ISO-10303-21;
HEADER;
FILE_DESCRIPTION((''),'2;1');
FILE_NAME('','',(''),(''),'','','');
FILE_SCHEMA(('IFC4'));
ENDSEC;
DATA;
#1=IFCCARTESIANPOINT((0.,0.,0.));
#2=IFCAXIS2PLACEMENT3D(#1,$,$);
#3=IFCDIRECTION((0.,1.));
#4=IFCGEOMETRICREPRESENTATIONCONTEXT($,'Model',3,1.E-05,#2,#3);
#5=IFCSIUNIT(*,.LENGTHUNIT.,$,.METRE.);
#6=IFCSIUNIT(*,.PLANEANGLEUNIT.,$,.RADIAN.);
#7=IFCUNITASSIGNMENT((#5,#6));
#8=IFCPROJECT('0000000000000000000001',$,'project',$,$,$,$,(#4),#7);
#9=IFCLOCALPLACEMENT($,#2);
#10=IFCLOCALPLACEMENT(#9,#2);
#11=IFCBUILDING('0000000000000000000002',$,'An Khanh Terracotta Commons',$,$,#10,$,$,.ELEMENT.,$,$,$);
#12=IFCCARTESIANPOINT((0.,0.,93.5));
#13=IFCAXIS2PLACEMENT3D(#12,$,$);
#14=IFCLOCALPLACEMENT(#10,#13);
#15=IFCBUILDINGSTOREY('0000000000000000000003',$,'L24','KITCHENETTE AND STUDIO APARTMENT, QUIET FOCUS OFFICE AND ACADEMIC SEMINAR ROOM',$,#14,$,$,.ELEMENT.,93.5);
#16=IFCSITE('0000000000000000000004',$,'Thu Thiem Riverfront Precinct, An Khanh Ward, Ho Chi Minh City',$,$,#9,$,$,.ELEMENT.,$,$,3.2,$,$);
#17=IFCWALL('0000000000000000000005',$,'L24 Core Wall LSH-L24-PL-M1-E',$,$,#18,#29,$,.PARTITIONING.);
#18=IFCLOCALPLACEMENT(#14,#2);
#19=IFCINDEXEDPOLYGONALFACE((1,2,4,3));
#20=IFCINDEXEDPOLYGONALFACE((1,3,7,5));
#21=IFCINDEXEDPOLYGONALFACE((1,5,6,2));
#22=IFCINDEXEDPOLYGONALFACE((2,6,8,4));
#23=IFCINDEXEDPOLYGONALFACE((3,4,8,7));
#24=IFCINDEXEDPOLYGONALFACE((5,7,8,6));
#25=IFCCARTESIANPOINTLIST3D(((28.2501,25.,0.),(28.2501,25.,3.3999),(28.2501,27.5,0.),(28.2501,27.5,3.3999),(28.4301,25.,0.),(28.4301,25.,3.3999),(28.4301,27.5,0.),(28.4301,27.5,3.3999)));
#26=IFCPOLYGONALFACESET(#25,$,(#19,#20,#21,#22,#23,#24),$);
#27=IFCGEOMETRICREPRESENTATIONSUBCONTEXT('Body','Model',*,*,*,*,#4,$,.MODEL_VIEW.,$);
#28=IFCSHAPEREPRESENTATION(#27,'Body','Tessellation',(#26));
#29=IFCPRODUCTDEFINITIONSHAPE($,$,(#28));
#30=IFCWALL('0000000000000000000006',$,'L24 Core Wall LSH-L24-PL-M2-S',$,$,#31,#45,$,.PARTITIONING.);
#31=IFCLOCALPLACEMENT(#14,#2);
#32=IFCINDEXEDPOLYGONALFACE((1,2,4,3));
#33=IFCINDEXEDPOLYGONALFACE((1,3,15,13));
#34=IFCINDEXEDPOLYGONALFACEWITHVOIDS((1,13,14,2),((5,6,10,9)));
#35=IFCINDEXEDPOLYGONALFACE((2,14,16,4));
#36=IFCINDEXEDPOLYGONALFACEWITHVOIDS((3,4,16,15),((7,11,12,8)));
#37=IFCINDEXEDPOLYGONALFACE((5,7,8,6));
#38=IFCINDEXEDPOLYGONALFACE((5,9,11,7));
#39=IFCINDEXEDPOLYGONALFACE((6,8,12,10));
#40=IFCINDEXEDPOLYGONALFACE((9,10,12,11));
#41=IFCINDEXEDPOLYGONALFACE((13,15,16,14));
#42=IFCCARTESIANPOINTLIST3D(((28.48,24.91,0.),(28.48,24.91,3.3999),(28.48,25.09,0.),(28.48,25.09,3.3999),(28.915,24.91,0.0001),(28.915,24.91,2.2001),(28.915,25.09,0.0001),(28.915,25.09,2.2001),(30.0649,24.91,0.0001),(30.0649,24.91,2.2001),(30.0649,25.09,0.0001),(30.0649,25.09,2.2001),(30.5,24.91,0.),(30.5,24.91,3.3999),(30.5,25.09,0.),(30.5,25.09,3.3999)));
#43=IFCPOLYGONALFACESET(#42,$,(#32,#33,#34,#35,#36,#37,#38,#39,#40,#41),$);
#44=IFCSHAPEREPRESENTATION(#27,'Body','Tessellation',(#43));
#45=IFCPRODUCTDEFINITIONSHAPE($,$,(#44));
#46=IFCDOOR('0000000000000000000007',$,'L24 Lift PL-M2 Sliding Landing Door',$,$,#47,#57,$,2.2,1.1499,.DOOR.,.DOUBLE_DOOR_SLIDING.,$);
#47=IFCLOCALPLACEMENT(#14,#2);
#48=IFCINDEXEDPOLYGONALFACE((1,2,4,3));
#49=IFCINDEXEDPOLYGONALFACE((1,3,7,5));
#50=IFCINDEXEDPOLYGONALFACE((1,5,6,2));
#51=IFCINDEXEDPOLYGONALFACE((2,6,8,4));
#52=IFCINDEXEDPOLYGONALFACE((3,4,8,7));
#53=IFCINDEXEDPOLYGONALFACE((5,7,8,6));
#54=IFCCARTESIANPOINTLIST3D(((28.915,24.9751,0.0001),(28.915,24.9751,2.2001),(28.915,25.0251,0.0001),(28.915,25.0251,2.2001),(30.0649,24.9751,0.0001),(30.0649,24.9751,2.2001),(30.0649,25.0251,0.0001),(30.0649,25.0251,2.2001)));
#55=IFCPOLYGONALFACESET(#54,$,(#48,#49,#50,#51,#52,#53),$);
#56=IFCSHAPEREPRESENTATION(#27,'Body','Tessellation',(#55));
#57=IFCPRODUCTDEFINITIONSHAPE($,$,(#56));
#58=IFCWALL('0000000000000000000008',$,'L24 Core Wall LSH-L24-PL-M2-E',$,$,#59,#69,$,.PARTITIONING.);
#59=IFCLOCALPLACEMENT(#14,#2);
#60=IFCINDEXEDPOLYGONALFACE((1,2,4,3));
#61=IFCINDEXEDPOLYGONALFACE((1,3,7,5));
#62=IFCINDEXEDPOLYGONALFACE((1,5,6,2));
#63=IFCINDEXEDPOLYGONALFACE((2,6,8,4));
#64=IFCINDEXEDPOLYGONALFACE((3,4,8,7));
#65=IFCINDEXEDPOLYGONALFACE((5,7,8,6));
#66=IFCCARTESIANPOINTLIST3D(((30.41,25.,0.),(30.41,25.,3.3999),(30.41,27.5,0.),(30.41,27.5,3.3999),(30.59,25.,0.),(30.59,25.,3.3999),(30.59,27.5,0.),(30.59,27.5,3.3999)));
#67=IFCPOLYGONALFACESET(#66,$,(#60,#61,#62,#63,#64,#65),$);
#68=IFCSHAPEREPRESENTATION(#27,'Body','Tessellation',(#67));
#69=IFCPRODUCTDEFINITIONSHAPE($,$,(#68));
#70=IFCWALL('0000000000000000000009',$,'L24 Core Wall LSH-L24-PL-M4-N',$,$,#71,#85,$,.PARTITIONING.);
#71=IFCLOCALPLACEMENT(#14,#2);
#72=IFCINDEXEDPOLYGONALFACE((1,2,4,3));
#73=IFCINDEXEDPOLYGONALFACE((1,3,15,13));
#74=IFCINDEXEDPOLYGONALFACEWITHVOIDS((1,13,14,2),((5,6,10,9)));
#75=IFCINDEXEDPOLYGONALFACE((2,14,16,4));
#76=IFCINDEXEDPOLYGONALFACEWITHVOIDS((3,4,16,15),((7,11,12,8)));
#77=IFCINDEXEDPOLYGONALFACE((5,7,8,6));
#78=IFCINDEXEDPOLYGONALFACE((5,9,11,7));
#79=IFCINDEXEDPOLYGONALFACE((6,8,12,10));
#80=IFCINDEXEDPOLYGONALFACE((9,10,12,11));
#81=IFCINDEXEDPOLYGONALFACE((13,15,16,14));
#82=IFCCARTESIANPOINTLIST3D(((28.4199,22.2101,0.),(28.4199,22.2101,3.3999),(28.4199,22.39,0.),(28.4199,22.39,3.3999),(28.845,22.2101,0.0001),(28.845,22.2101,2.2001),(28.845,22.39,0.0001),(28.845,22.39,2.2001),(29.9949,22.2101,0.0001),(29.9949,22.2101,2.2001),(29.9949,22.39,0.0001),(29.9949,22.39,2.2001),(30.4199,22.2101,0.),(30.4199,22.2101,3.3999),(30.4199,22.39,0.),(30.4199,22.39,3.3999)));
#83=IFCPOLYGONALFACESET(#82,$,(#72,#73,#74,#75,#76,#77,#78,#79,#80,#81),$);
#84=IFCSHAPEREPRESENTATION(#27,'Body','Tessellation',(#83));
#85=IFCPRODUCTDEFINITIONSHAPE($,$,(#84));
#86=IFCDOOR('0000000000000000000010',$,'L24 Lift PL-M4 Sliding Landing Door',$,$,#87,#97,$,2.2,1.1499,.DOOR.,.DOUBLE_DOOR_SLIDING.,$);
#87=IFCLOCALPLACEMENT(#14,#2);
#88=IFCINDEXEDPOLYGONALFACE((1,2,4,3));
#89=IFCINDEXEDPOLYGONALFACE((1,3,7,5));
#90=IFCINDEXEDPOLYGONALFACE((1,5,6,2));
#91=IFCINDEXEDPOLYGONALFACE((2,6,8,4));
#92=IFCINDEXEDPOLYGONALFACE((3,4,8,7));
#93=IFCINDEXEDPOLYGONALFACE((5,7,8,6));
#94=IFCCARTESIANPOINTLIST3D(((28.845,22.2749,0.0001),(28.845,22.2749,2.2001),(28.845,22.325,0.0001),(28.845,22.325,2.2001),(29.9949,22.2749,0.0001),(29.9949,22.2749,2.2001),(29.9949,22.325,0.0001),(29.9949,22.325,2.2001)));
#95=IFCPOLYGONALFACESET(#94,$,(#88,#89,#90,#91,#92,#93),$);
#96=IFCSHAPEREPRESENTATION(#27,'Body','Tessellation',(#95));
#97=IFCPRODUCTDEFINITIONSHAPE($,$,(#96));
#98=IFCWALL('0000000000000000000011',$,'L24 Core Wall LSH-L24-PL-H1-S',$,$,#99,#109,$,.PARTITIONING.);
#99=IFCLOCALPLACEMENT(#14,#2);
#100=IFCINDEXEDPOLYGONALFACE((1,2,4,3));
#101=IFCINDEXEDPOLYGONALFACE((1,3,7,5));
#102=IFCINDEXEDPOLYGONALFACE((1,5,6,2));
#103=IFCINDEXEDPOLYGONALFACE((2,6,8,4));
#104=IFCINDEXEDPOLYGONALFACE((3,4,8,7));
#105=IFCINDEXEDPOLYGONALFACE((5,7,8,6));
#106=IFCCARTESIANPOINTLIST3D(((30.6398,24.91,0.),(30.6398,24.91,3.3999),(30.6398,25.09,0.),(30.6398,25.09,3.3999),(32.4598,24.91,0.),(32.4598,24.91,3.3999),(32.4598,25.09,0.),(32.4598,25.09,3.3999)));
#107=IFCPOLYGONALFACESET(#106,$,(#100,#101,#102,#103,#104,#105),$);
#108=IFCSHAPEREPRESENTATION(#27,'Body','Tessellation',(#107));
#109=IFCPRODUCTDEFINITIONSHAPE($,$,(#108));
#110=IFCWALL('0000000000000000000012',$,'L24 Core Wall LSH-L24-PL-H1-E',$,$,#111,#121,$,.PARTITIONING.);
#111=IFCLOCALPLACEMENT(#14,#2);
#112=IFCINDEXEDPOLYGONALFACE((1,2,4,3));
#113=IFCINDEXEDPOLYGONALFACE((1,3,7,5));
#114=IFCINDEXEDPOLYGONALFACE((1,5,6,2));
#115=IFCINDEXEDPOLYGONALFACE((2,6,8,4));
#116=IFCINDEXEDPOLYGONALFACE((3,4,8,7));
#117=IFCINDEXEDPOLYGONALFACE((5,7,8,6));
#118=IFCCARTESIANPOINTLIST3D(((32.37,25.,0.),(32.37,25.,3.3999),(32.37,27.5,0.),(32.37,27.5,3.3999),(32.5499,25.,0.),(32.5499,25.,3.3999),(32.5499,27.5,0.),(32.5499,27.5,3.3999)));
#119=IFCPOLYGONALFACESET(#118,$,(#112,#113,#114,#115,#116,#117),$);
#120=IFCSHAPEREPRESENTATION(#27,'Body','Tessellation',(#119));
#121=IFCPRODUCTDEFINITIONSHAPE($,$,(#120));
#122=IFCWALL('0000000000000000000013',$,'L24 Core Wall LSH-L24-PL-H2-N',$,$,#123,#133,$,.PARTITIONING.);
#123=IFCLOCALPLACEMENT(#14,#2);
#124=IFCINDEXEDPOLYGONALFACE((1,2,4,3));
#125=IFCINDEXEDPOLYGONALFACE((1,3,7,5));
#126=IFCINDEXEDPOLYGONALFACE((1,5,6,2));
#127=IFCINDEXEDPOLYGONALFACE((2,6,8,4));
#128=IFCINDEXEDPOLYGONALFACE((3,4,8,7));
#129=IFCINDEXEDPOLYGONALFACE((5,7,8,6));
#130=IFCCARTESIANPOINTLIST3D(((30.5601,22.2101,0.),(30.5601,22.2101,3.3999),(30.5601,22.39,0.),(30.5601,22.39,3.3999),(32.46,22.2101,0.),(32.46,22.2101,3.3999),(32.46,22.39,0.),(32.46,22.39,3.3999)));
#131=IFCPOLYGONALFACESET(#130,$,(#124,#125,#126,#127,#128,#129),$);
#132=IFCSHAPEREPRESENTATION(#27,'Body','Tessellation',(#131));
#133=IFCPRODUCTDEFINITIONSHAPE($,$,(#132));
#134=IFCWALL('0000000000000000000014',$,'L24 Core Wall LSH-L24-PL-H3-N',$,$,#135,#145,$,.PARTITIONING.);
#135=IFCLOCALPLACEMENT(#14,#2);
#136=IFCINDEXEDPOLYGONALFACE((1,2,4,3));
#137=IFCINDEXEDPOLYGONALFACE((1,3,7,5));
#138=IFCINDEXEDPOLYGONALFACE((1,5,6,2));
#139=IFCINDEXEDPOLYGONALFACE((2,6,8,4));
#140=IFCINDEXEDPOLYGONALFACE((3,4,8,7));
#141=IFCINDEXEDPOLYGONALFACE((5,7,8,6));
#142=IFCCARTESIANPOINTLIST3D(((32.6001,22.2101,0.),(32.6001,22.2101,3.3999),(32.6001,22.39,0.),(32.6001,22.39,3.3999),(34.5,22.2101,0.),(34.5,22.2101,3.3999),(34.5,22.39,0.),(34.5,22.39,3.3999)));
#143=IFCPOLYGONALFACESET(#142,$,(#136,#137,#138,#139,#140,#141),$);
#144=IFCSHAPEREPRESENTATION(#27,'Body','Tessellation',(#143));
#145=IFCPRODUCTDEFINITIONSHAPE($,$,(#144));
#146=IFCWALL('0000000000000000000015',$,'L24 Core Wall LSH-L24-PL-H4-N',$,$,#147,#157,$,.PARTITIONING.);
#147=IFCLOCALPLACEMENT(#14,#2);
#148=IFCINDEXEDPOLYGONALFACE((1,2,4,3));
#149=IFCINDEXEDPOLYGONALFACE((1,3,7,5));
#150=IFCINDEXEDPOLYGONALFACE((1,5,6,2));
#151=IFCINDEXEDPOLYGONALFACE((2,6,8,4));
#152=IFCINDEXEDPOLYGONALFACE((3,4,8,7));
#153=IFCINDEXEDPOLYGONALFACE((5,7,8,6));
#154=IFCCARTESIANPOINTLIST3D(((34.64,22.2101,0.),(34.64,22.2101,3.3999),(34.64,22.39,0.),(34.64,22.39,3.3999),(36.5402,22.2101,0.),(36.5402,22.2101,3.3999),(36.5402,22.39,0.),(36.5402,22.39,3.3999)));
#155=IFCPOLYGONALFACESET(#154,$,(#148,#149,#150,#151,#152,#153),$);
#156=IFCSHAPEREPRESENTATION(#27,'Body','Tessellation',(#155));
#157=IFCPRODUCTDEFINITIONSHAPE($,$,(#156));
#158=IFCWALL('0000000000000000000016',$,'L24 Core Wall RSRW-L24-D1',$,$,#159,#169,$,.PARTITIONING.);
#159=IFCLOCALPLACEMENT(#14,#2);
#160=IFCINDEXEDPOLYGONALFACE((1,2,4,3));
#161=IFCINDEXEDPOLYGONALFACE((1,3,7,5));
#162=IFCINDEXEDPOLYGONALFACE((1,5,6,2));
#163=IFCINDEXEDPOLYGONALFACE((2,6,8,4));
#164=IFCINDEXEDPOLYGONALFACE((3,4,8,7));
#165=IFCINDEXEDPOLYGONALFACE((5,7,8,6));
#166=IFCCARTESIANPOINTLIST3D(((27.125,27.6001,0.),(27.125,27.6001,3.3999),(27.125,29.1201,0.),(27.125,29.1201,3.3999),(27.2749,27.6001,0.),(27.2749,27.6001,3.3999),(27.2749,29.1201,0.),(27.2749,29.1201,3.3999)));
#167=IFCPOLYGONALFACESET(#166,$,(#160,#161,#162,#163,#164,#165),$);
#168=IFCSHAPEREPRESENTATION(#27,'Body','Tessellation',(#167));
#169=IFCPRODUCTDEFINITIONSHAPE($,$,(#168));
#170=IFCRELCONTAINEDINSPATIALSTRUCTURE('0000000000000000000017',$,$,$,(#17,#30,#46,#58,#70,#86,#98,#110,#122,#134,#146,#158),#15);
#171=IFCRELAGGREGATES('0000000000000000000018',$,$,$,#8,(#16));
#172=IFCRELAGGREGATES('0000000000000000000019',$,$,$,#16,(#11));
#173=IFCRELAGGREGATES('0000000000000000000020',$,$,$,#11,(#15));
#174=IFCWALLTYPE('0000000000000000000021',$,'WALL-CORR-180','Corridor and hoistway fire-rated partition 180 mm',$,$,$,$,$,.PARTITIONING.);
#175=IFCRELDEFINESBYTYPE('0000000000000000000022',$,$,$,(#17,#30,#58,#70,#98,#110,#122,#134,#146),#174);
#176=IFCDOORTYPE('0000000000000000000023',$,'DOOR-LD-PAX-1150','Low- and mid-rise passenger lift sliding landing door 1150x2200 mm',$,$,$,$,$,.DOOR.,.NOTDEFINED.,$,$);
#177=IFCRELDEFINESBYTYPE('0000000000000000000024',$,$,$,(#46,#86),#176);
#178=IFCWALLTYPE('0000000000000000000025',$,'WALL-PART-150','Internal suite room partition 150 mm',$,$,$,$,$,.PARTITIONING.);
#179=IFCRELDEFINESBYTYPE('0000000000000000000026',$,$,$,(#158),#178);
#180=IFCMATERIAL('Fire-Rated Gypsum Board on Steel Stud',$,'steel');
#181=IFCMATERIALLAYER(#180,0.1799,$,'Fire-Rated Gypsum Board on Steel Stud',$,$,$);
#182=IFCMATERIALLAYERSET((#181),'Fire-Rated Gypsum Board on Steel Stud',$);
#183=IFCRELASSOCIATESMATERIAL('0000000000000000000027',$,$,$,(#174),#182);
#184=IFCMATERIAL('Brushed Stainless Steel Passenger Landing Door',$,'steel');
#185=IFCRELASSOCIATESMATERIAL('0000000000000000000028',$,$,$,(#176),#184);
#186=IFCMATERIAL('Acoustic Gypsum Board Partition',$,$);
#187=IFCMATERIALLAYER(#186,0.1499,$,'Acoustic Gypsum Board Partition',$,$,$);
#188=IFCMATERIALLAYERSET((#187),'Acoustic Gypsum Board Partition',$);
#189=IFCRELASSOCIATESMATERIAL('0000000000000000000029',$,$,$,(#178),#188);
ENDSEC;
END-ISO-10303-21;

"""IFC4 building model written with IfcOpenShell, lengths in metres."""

from ifc_helpers import new_model, si_unit, direction, frame, frame_2d, origin, place, context, subcontext, project, spatial, rectangle, extrude, material, layer, layer_set, type_object, element, fill, save


model = new_model("IFC4")

# Units and contexts
model_context = context("Model", 3, precision=1e-05, world=origin(), true_north=direction((0.0, 1.0)))
body_context = subcontext(model_context, "Body", "Model", "MODEL_VIEW")
ifc_project = project(units=[si_unit("LENGTHUNIT", "METRE"), si_unit("PLANEANGLEUNIT", "RADIAN")], contexts=[model_context])

# Site, building, storey
site_placement = place(None, origin())
site = spatial("IfcSite", under=ifc_project, at=site_placement, Name="Thu Thiem Riverfront Precinct, An Khanh Ward, Ho Chi Minh City", CompositionType="ELEMENT", RefElevation=3.2)
building_placement = place(site_placement, origin())
building = spatial("IfcBuilding", under=site, at=building_placement, Name="An Khanh Terracotta Commons", CompositionType="ELEMENT")
storey_placement = place(building_placement, frame((0.0, 0.0, 93.5)))
storey = spatial("IfcBuildingStorey", under=building, at=storey_placement, Name="L24", Description="KITCHENETTE AND STUDIO APARTMENT, QUIET FOCUS OFFICE AND ACADEMIC SEMINAR ROOM", CompositionType="ELEMENT", Elevation=93.5)

# Shared definitions
ifc_material_1 = material(Name="Fire-Rated Gypsum Board on Steel Stud", Category="steel")
ifc_layer_1 = layer(ifc_material_1, 0.1799, Name="Fire-Rated Gypsum Board on Steel Stud")
ifc_layer_set_1 = layer_set([ifc_layer_1], Name="Fire-Rated Gypsum Board on Steel Stud")
wall_type_1 = type_object("IfcWallType", Name="WALL-CORR-180", Description="Corridor and hoistway fire-rated partition 180 mm", PredefinedType="PARTITIONING", material=ifc_layer_set_1)

# Shared definitions
ifc_material_2 = material(Name="Brushed Stainless Steel Passenger Landing Door", Category="steel")
door_type = type_object("IfcDoorType", Name="DOOR-LD-PAX-1150", Description="Low- and mid-rise passenger lift sliding landing door 1150x2200 mm", OperationType="NOTDEFINED", PredefinedType="DOOR", material=ifc_material_2)

# Wall
wall_1_placement = place(storey_placement, frame((28.3401, 25.0, 0.0), z_axis=(0.0, 0.0, 1.0), x_axis=(0.0, 1.0, 0.0)))
element("IfcWall", 1, at=wall_1_placement, inside=storey, type_object=wall_type_1, Name="L24 Core Wall LSH-L24-PL-M1-E", PredefinedType="PARTITIONING", context=body_context, shape_type="SweptSolid", body=[
    extrude(rectangle(XDim=2.5, YDim=0.1799, at=frame_2d((1.25, 0.0))), origin(), (0.0, 0.0, 1.0), 3.3999),
])

# Wall, opening, door
wall_2_placement = place(storey_placement, frame((30.5, 25.0, 0.0), z_axis=(0.0, 0.0, 1.0), x_axis=(-1.0, 0.0, 0.0)))
wall_2 = element("IfcWall", 2, at=wall_2_placement, inside=storey, type_object=wall_type_1, Name="L24 Core Wall LSH-L24-PL-M2-S", PredefinedType="PARTITIONING", context=body_context, shape_type="SweptSolid", body=[
    extrude(rectangle(XDim=2.02, YDim=0.1799, at=frame_2d((1.01, 0.0))), origin(), (0.0, 0.0, 1.0), 3.3999),
])
opening_1_placement = place(wall_2_placement, frame((0.4351, 0.0, 0.0)))
opening_1 = element("IfcOpeningElement", 3, at=opening_1_placement, cuts=wall_2, PredefinedType="OPENING", context=body_context, shape_type="SweptSolid", body=[
    extrude(rectangle(XDim=1.1499, YDim=2.2, at=frame_2d((0.575, 1.1001))), frame((0.0, 0.0999, 0.0), z_axis=(0.0, -1.0, 0.0), x_axis=(1.0, 0.0, 0.0)), (0.0, 0.0, 1.0), 0.2),
])
door_1_placement = place(opening_1_placement, origin())
door_1 = element("IfcDoor", 4, at=door_1_placement, inside=storey, type_object=door_type, Name="L24 Lift PL-M2 Sliding Landing Door", OperationType="DOUBLE_DOOR_SLIDING", OverallHeight=2.2, OverallWidth=1.1499, PredefinedType="DOOR", context=body_context, shape_type="SweptSolid", body=[
    extrude(rectangle(XDim=1.1499, YDim=2.2, at=frame_2d((0.575, 1.1001))), frame((0.0, 0.0249, 0.0), z_axis=(0.0, -1.0, 0.0), x_axis=(1.0, 0.0, 0.0)), (0.0, 0.0, 1.0), 0.05),
])
fill(opening_1, door_1)

# Wall
wall_3_placement = place(storey_placement, frame((30.5, 25.0, 0.0), z_axis=(0.0, 0.0, 1.0), x_axis=(0.0, 1.0, 0.0)))
element("IfcWall", 5, at=wall_3_placement, inside=storey, type_object=wall_type_1, Name="L24 Core Wall LSH-L24-PL-M2-E", PredefinedType="PARTITIONING", context=body_context, shape_type="SweptSolid", body=[
    extrude(rectangle(XDim=2.5, YDim=0.1799, at=frame_2d((1.25, 0.0))), origin(), (0.0, 0.0, 1.0), 3.3999),
])

# Wall, opening, door
wall_4_placement = place(storey_placement, frame((28.4199, 22.3, 0.0), z_axis=(0.0, 0.0, 1.0), x_axis=(1.0, 0.0, 0.0)))
wall_4 = element("IfcWall", 6, at=wall_4_placement, inside=storey, type_object=wall_type_1, Name="L24 Core Wall LSH-L24-PL-M4-N", PredefinedType="PARTITIONING", context=body_context, shape_type="SweptSolid", body=[
    extrude(rectangle(XDim=2.0, YDim=0.1799, at=frame_2d((1.0, 0.0))), origin(), (0.0, 0.0, 1.0), 3.3999),
])
opening_2_placement = place(wall_4_placement, frame((0.425, 0.0, 0.0)))
opening_2 = element("IfcOpeningElement", 7, at=opening_2_placement, cuts=wall_4, PredefinedType="OPENING", context=body_context, shape_type="SweptSolid", body=[
    extrude(rectangle(XDim=1.1499, YDim=2.2, at=frame_2d((0.575, 1.1001))), frame((0.0, 0.0999, 0.0), z_axis=(0.0, -1.0, 0.0), x_axis=(1.0, 0.0, 0.0)), (0.0, 0.0, 1.0), 0.2),
])
door_2_placement = place(opening_2_placement, origin())
door_2 = element("IfcDoor", 8, at=door_2_placement, inside=storey, type_object=door_type, Name="L24 Lift PL-M4 Sliding Landing Door", OperationType="DOUBLE_DOOR_SLIDING", OverallHeight=2.2, OverallWidth=1.1499, PredefinedType="DOOR", context=body_context, shape_type="SweptSolid", body=[
    extrude(rectangle(XDim=1.1499, YDim=2.2, at=frame_2d((0.575, 1.1001))), frame((0.0, 0.0249, 0.0), z_axis=(0.0, -1.0, 0.0), x_axis=(1.0, 0.0, 0.0)), (0.0, 0.0, 1.0), 0.05),
])
fill(opening_2, door_2)

# Walls
wall_5_placement = place(storey_placement, frame((32.46, 25.0, 0.0), z_axis=(0.0, 0.0, 1.0), x_axis=(-1.0, 0.0, 0.0)))
element("IfcWall", 9, at=wall_5_placement, inside=storey, type_object=wall_type_1, Name="L24 Core Wall LSH-L24-PL-H1-S", PredefinedType="PARTITIONING", context=body_context, shape_type="SweptSolid", body=[
    extrude(rectangle(XDim=1.8201, YDim=0.1799, at=frame_2d((0.9102, 0.0))), origin(), (0.0, 0.0, 1.0), 3.3999),
])
wall_6_placement = place(storey_placement, frame((32.46, 25.0, 0.0), z_axis=(0.0, 0.0, 1.0), x_axis=(0.0, 1.0, 0.0)))
element("IfcWall", 10, at=wall_6_placement, inside=storey, type_object=wall_type_1, Name="L24 Core Wall LSH-L24-PL-H1-E", PredefinedType="PARTITIONING", context=body_context, shape_type="SweptSolid", body=[
    extrude(rectangle(XDim=2.5, YDim=0.1799, at=frame_2d((1.25, 0.0))), origin(), (0.0, 0.0, 1.0), 3.3999),
])
for number, where, z_axis, x_axis, name in (
    (11, (30.5601, 22.3, 0.0), (0.0, 0.0, 1.0), (1.0, 0.0, 0.0), "L24 Core Wall LSH-L24-PL-H2-N"),
    (12, (32.6001, 22.3, 0.0), (0.0, 0.0, 1.0), (1.0, 0.0, 0.0), "L24 Core Wall LSH-L24-PL-H3-N"),
):
    element("IfcWall", number, at=place(storey_placement, frame(where, z_axis=z_axis, x_axis=x_axis)), inside=storey, type_object=wall_type_1, Name=name, PredefinedType="PARTITIONING", context=body_context, shape_type="SweptSolid", body=[
        extrude(rectangle(XDim=1.8999, YDim=0.1799, at=frame_2d((0.95, 0.0))), origin(), (0.0, 0.0, 1.0), 3.3999),
    ])
wall_7_placement = place(storey_placement, frame((34.6399, 22.3, 0.0), z_axis=(0.0, 0.0, 1.0), x_axis=(1.0, 0.0, 0.0)))
element("IfcWall", 13, at=wall_7_placement, inside=storey, type_object=wall_type_1, Name="L24 Core Wall LSH-L24-PL-H4-N", PredefinedType="PARTITIONING", context=body_context, shape_type="SweptSolid", body=[
    extrude(rectangle(XDim=1.9001, YDim=0.1799, at=frame_2d((0.9502, 0.0))), origin(), (0.0, 0.0, 1.0), 3.3999),
])
ifc_material_3 = material(Name="Acoustic Gypsum Board Partition")
ifc_layer_2 = layer(ifc_material_3, 0.1499, Name="Acoustic Gypsum Board Partition")
ifc_layer_set_2 = layer_set([ifc_layer_2], Name="Acoustic Gypsum Board Partition")
wall_type_2 = type_object("IfcWallType", Name="WALL-PART-150", Description="Internal suite room partition 150 mm", PredefinedType="PARTITIONING", material=ifc_layer_set_2)
wall_8_placement = place(storey_placement, frame((27.2, 27.6001, 0.0), z_axis=(0.0, 0.0, 1.0), x_axis=(0.0, 1.0, 0.0)))
element("IfcWall", 14, at=wall_8_placement, inside=storey, type_object=wall_type_2, Name="L24 Core Wall RSRW-L24-D1", PredefinedType="PARTITIONING", context=body_context, shape_type="SweptSolid", body=[
    extrude(rectangle(XDim=1.52, YDim=0.1499, at=frame_2d((0.76, 0.0))), origin(), (0.0, 0.0, 1.0), 3.3999),
])

save(model, "model.ifc")
